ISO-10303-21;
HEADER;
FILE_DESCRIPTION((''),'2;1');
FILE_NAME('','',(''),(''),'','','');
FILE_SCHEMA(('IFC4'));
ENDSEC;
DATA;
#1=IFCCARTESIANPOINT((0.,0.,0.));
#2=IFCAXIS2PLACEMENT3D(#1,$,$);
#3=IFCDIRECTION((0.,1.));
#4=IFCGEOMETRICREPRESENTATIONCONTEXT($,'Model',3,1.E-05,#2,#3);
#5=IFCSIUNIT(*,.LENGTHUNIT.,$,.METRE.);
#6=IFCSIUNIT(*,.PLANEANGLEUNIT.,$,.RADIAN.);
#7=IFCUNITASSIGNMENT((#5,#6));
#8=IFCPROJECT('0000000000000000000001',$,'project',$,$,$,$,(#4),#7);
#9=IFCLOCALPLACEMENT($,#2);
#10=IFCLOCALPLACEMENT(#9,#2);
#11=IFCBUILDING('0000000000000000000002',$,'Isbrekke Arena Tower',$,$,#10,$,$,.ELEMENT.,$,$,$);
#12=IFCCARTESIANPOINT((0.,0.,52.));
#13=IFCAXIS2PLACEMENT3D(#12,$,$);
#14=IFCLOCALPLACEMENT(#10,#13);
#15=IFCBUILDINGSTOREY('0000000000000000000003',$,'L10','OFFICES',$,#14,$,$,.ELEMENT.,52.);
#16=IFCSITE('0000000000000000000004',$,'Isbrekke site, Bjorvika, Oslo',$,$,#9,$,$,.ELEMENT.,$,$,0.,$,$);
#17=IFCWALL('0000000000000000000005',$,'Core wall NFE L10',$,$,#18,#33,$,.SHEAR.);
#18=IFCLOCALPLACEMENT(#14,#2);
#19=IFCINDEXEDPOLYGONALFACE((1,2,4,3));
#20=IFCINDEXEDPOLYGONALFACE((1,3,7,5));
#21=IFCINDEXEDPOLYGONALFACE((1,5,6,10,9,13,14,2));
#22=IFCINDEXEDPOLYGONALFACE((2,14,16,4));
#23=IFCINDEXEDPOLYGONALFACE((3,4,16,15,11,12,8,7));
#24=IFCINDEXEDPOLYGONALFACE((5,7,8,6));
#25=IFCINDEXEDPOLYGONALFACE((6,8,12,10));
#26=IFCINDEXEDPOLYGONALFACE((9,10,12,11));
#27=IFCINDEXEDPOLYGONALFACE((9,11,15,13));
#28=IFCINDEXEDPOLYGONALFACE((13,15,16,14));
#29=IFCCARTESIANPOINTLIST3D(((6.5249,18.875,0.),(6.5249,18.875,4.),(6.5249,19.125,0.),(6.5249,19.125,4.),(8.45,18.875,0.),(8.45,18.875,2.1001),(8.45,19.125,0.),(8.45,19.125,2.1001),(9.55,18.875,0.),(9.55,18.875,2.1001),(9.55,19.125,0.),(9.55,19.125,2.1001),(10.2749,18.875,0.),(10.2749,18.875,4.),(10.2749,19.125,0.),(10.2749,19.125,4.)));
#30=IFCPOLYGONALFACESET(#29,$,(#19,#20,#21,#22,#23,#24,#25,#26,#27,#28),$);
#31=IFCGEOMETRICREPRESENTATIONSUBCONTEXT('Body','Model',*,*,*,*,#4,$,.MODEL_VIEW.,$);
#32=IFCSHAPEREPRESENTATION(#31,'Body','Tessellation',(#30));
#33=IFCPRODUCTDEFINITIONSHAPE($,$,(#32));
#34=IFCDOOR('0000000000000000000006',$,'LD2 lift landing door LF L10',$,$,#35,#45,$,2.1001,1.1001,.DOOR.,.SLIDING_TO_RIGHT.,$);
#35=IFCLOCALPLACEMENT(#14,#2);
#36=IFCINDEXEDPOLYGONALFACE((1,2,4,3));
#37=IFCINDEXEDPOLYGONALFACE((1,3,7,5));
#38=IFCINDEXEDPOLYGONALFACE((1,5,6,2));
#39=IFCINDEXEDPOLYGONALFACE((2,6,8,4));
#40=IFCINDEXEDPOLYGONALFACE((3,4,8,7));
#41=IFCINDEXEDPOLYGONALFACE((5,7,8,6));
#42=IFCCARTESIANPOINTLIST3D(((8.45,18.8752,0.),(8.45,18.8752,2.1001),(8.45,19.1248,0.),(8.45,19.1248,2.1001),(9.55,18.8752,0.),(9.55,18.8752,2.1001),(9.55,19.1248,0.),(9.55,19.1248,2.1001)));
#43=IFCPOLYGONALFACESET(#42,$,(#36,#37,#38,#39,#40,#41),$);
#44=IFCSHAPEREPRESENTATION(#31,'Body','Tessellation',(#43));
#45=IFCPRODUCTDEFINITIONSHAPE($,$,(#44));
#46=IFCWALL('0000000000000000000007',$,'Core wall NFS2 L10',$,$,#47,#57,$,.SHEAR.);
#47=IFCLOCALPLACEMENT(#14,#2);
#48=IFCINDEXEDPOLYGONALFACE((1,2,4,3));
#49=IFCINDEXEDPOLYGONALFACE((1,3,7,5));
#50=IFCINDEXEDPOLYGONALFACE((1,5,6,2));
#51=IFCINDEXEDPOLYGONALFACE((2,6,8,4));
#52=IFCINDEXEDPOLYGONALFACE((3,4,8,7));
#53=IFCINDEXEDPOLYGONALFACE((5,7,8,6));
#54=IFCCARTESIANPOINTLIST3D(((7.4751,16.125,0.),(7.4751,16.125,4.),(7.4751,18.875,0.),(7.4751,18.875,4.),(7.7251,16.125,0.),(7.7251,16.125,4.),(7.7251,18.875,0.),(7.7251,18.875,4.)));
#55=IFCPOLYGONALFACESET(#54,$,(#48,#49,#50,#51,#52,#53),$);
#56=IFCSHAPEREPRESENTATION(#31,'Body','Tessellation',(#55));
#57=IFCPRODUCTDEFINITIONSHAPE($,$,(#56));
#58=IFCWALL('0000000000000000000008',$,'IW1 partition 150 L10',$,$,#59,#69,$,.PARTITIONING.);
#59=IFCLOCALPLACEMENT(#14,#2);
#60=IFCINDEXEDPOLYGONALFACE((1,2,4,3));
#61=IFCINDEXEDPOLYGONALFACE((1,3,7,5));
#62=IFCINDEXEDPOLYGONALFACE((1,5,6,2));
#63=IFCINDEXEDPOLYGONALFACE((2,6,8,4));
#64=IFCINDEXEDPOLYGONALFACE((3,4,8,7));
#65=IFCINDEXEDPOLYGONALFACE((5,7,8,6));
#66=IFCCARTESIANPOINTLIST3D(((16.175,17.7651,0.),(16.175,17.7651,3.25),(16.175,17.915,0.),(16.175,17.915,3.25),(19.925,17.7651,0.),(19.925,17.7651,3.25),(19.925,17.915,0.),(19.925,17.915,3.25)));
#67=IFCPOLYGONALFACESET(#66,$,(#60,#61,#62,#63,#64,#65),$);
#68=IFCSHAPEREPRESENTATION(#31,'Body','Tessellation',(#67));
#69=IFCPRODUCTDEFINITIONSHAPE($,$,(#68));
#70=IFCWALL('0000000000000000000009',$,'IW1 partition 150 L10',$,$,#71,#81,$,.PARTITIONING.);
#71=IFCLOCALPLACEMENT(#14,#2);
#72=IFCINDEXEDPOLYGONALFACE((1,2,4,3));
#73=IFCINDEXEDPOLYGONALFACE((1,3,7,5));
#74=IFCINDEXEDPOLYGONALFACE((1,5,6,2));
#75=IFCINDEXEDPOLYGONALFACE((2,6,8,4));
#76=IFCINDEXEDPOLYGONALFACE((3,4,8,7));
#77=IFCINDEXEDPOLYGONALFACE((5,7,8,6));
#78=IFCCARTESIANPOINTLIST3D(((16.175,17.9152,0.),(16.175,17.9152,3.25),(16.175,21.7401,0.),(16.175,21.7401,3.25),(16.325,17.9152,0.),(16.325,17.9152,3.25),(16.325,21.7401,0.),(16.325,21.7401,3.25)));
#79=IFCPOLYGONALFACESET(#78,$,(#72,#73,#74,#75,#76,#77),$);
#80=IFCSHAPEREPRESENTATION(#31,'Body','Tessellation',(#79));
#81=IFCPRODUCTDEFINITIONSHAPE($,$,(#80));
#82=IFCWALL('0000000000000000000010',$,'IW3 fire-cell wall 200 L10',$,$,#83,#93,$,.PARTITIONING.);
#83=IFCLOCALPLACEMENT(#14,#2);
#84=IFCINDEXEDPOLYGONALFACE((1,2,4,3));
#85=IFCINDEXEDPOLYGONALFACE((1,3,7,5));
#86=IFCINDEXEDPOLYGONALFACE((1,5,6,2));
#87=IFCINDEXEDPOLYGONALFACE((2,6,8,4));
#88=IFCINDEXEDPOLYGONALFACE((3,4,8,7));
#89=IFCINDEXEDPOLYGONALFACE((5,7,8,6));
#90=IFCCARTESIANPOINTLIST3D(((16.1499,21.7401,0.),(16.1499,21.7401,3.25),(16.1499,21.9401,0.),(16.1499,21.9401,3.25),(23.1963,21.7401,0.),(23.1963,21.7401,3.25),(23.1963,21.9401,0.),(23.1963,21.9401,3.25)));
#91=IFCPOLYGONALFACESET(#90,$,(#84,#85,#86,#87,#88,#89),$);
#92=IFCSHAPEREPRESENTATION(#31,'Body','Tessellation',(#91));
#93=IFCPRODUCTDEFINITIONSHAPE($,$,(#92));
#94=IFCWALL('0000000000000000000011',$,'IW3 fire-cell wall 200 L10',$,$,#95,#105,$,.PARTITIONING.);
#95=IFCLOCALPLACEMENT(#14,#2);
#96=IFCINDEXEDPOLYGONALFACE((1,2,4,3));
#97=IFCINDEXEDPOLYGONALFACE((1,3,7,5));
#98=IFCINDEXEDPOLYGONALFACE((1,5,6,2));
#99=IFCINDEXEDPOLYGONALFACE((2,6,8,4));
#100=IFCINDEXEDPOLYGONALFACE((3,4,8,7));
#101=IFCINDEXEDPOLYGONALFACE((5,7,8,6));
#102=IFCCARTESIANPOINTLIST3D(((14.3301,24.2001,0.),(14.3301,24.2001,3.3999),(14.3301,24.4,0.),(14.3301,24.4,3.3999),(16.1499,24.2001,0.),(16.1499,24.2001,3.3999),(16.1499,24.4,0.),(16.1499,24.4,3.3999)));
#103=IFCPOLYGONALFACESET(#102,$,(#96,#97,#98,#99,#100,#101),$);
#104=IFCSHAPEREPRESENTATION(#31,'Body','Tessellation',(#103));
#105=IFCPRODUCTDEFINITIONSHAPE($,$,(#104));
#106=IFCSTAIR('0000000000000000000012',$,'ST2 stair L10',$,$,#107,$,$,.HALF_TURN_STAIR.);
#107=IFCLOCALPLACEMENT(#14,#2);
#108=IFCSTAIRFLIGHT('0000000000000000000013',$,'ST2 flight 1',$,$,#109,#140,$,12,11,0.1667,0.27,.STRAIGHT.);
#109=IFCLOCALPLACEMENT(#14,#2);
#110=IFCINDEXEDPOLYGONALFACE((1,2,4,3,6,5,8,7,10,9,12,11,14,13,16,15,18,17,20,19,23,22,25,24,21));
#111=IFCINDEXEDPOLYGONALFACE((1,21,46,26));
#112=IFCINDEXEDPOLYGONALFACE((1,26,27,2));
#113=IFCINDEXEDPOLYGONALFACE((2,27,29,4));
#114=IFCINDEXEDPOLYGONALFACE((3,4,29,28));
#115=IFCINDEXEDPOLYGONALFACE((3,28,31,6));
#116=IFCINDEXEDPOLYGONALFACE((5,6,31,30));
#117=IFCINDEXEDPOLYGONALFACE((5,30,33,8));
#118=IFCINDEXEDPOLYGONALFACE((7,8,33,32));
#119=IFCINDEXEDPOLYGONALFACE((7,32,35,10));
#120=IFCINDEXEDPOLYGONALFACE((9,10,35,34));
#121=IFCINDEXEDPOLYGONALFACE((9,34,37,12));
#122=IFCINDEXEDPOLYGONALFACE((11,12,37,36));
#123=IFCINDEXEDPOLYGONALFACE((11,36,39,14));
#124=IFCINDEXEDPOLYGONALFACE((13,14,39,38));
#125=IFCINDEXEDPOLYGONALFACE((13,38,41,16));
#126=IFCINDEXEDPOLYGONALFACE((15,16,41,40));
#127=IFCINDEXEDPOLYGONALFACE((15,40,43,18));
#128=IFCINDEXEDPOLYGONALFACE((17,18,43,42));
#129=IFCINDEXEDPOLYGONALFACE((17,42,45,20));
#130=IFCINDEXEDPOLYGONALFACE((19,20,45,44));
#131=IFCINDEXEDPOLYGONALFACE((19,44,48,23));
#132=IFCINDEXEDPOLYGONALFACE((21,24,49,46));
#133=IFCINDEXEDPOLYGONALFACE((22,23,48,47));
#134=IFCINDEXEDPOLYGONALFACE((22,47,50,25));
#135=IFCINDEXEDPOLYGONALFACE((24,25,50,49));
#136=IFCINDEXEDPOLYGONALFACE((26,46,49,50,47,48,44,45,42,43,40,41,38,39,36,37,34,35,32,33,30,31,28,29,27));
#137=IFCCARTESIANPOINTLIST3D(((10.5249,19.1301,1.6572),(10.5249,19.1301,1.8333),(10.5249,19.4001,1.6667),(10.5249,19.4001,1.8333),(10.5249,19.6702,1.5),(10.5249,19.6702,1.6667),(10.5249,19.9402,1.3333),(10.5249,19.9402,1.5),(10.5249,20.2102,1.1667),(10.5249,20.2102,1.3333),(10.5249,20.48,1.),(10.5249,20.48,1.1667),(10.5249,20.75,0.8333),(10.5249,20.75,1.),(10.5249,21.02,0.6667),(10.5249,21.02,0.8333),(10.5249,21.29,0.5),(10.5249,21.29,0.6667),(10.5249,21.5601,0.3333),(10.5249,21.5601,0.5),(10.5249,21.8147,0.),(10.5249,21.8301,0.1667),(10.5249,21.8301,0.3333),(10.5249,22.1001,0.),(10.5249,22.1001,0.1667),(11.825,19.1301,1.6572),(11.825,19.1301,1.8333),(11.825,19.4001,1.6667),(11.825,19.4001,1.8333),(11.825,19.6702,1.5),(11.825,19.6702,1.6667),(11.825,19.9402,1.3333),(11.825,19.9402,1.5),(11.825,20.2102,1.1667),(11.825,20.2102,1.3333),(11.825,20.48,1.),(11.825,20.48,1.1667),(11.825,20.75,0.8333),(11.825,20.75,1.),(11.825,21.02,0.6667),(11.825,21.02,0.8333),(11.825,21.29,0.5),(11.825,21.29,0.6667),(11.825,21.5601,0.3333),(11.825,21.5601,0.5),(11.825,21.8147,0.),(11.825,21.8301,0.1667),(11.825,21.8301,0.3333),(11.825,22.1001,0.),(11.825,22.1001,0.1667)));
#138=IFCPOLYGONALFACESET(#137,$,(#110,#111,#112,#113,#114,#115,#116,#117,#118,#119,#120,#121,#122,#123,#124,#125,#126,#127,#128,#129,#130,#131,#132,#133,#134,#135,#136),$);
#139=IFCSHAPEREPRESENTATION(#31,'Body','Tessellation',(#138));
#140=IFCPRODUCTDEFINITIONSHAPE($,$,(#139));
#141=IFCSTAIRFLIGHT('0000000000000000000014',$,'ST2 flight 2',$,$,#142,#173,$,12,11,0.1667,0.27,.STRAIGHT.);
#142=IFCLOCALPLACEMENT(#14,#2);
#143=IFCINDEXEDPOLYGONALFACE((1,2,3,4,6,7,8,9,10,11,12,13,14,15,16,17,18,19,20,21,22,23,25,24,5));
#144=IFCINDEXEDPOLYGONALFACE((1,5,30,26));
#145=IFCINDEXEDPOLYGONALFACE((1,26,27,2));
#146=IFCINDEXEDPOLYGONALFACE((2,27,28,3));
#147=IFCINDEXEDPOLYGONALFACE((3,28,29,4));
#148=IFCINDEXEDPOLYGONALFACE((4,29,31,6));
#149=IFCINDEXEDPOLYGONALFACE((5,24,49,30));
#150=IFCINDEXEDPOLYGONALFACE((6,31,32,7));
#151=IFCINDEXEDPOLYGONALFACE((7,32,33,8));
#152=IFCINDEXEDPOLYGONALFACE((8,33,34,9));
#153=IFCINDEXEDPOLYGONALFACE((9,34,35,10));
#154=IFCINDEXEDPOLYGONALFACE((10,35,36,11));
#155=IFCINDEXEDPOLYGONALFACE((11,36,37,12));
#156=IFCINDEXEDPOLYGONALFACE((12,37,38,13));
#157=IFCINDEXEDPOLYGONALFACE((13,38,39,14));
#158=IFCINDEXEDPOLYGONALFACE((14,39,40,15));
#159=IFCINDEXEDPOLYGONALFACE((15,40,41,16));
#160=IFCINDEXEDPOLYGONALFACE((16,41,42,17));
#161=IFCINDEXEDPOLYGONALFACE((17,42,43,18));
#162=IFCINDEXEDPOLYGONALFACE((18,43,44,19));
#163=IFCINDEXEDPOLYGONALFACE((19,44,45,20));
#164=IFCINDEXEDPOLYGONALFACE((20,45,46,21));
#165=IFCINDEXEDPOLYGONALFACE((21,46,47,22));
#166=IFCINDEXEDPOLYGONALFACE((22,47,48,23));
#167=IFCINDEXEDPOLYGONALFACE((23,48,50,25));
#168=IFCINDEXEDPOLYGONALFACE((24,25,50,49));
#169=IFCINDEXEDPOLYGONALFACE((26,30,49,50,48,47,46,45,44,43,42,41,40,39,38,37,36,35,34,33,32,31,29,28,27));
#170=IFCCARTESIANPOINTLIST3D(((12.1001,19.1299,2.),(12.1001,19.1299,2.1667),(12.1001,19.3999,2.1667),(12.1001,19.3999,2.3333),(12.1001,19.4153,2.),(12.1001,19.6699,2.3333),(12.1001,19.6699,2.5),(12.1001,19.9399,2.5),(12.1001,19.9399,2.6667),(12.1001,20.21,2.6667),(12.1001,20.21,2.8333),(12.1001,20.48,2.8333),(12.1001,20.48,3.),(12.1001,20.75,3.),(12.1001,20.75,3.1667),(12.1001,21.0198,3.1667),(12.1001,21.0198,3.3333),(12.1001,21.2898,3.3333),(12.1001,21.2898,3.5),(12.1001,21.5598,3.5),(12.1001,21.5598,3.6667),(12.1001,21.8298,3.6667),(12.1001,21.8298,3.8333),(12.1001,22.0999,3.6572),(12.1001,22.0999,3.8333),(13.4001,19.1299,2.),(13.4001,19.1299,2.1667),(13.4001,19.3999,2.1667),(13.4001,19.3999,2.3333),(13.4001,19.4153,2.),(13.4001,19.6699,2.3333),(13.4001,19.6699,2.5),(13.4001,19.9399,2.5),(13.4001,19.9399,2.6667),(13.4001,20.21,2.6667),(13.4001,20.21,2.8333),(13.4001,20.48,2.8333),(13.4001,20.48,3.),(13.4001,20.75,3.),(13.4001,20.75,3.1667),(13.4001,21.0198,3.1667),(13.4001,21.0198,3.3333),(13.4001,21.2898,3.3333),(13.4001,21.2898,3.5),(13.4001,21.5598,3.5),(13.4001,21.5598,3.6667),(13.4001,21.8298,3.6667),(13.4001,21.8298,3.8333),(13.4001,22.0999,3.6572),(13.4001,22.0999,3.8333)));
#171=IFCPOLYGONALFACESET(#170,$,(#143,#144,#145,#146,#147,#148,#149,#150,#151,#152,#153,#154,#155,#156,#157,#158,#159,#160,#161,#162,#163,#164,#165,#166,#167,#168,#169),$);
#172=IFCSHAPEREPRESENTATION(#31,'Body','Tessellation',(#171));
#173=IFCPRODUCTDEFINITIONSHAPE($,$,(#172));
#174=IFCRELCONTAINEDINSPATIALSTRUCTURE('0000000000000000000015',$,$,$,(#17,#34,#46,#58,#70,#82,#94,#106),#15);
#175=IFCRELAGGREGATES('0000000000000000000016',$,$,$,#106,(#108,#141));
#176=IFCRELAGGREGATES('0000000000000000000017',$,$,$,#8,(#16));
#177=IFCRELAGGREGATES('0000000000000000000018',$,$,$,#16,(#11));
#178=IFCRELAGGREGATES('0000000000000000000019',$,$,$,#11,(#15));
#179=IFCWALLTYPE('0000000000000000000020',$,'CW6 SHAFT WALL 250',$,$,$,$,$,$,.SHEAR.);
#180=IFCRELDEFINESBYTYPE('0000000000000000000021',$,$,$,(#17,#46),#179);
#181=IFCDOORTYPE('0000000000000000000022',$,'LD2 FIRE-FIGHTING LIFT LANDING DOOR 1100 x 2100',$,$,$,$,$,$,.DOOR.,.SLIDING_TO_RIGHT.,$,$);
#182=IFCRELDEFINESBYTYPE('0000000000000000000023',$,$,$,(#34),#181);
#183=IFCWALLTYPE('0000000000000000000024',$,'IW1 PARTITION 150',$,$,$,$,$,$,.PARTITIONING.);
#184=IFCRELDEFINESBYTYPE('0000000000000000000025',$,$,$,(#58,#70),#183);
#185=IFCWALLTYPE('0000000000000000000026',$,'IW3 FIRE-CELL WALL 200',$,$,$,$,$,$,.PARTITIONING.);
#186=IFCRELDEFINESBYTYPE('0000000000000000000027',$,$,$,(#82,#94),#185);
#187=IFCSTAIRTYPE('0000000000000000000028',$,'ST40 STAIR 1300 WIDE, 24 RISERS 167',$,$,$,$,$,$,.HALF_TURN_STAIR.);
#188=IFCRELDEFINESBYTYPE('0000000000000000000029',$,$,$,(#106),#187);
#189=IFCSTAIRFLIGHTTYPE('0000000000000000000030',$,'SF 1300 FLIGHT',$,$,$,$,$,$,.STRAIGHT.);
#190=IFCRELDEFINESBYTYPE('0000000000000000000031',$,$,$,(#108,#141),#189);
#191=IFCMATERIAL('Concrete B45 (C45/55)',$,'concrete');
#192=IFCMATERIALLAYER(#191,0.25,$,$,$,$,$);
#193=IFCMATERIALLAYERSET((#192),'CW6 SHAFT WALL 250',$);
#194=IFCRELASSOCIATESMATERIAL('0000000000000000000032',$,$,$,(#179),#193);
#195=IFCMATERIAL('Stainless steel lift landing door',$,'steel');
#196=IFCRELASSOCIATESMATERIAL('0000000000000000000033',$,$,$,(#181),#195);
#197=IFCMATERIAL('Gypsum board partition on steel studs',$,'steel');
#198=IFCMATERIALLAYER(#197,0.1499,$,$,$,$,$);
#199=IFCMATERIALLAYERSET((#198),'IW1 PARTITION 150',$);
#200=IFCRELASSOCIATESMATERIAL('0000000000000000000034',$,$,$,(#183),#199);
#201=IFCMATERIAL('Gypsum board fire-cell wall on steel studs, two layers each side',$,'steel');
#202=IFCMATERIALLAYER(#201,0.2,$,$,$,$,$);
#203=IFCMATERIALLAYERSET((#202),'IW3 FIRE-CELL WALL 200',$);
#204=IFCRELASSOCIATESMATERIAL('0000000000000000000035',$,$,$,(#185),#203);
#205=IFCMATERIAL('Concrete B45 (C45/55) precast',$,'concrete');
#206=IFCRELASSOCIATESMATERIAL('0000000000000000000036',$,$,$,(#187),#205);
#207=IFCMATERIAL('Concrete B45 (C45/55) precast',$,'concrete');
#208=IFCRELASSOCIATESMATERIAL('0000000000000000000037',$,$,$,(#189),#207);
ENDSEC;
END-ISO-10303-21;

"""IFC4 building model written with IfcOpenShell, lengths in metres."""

from ifc_helpers import new_model, si_unit, direction, frame, frame_2d, origin, place, context, subcontext, project, spatial, polyline, rectangle, outline, extrude, material, layer, layer_set, type_object, element, fill, aggregate, save


model = new_model("IFC4")

# Units and contexts
model_context = context("Model", 3, precision=1e-05, world=origin(), true_north=direction((0.0, 1.0)))
body_context = subcontext(model_context, "Body", "Model", "MODEL_VIEW")
ifc_project = project(units=[si_unit("LENGTHUNIT", "METRE"), si_unit("PLANEANGLEUNIT", "RADIAN")], contexts=[model_context])

# Site, building, storey
site_placement = place(None, origin())
site = spatial("IfcSite", under=ifc_project, at=site_placement, Name="Isbrekke site, Bjorvika, Oslo", CompositionType="ELEMENT", RefElevation=0.0)
building_placement = place(site_placement, origin())
building = spatial("IfcBuilding", under=site, at=building_placement, Name="Isbrekke Arena Tower", CompositionType="ELEMENT")
storey_placement = place(building_placement, frame((0.0, 0.0, 52.0)))
storey = spatial("IfcBuildingStorey", under=building, at=storey_placement, Name="L10", Description="OFFICES", CompositionType="ELEMENT", Elevation=52.0)

# Shared definitions
ifc_material_1 = material(Name="Concrete B45 (C45/55)", Category="concrete")
ifc_layer_1 = layer(ifc_material_1, 0.25)
ifc_layer_set_1 = layer_set([ifc_layer_1], Name="CW6 SHAFT WALL 250")
wall_type_1 = type_object("IfcWallType", Name="CW6 SHAFT WALL 250", PredefinedType="SHEAR", material=ifc_layer_set_1)

# Wall, opening, door
wall_1_placement = place(storey_placement, frame((6.5249, 19.0, 0.0), z_axis=(0.0, 0.0, 1.0), x_axis=(1.0, 0.0, 0.0)))
wall_1 = element("IfcWall", 1, at=wall_1_placement, inside=storey, type_object=wall_type_1, Name="Core wall NFE L10", PredefinedType="SHEAR", context=body_context, shape_type="SweptSolid", body=[
    extrude(rectangle(XDim=3.75, YDim=0.25, at=frame_2d((1.875, 0.0))), origin(), (0.0, 0.0, 1.0), 4.0),
])
opening_1_placement = place(wall_1_placement, frame((1.925, 0.0, 0.0)))
opening_1 = element("IfcOpeningElement", 2, at=opening_1_placement, cuts=wall_1, PredefinedType="OPENING", context=body_context, shape_type="SweptSolid", body=[
    extrude(rectangle(XDim=1.1001, YDim=2.1001, at=frame_2d((0.55, 1.05))), frame((0.0, 0.1399, 0.0), z_axis=(0.0, -1.0, 0.0), x_axis=(1.0, 0.0, 0.0)), (0.0, 0.0, 1.0), 0.2798),
])
ifc_material_2 = material(Name="Stainless steel lift landing door", Category="steel")
door_type_1 = type_object("IfcDoorType", Name="LD2 FIRE-FIGHTING LIFT LANDING DOOR 1100 x 2100", OperationType="SLIDING_TO_RIGHT", PredefinedType="DOOR", material=ifc_material_2)
door_1_placement = place(opening_1_placement, origin())
door_1 = element("IfcDoor", 3, at=door_1_placement, inside=storey, type_object=door_type_1, Name="LD2 lift landing door LF L10", OperationType="SLIDING_TO_RIGHT", OverallHeight=2.1001, OverallWidth=1.1001, PredefinedType="DOOR", context=body_context, shape_type="SweptSolid", body=[
    extrude(rectangle(XDim=1.1001, YDim=2.1001, at=frame_2d((0.55, 1.05))), frame((0.0, 0.1248, 0.0), z_axis=(0.0, -1.0, 0.0), x_axis=(1.0, 0.0, 0.0)), (0.0, 0.0, 1.0), 0.2495),
])
fill(opening_1, door_1)

# Walls
wall_2_placement = place(storey_placement, frame((7.6001, 16.125, 0.0), z_axis=(0.0, 0.0, 1.0), x_axis=(0.0, 1.0, 0.0)))
element("IfcWall", 4, at=wall_2_placement, inside=storey, type_object=wall_type_1, Name="Core wall NFS2 L10", PredefinedType="SHEAR", context=body_context, shape_type="SweptSolid", body=[
    extrude(rectangle(XDim=2.75, YDim=0.25, at=frame_2d((1.375, 0.0))), origin(), (0.0, 0.0, 1.0), 4.0),
])
ifc_material_3 = material(Name="Gypsum board partition on steel studs", Category="steel")
ifc_layer_2 = layer(ifc_material_3, 0.1499)
ifc_layer_set_2 = layer_set([ifc_layer_2], Name="IW1 PARTITION 150")
wall_type_2 = type_object("IfcWallType", Name="IW1 PARTITION 150", PredefinedType="PARTITIONING", material=ifc_layer_set_2)
wall_3_placement = place(storey_placement, frame((16.175, 17.8401, 0.0), z_axis=(0.0, 0.0, 1.0), x_axis=(1.0, 0.0, 0.0)))
element("IfcWall", 5, at=wall_3_placement, inside=storey, type_object=wall_type_2, Name="IW1 partition 150 L10", PredefinedType="PARTITIONING", context=body_context, shape_type="SweptSolid", body=[
    extrude(rectangle(XDim=3.75, YDim=0.1499, at=frame_2d((1.875, 0.0))), origin(), (0.0, 0.0, 1.0), 3.25),
])
wall_4_placement = place(storey_placement, frame((16.25, 17.915, 0.0), z_axis=(0.0, 0.0, 1.0), x_axis=(0.0, 1.0, 0.0)))
element("IfcWall", 6, at=wall_4_placement, inside=storey, type_object=wall_type_2, Name="IW1 partition 150 L10", PredefinedType="PARTITIONING", context=body_context, shape_type="SweptSolid", body=[
    extrude(rectangle(XDim=3.825, YDim=0.1499, at=frame_2d((1.9126, 0.0))), origin(), (0.0, 0.0, 1.0), 3.25),
])
ifc_material_4 = material(Name="Gypsum board fire-cell wall on steel studs, two layers each side", Category="steel")
ifc_layer_3 = layer(ifc_material_4, 0.2)
ifc_layer_set_3 = layer_set([ifc_layer_3], Name="IW3 FIRE-CELL WALL 200")
wall_type_3 = type_object("IfcWallType", Name="IW3 FIRE-CELL WALL 200", PredefinedType="PARTITIONING", material=ifc_layer_set_3)
wall_5_placement = place(storey_placement, frame((16.1499, 21.8401, 0.0), z_axis=(0.0, 0.0, 1.0), x_axis=(1.0, 0.0, 0.0)))
element("IfcWall", 7, at=wall_5_placement, inside=storey, type_object=wall_type_3, Name="IW3 fire-cell wall 200 L10", PredefinedType="PARTITIONING", context=body_context, shape_type="SweptSolid", body=[
    extrude(rectangle(XDim=7.0464, YDim=0.2, at=frame_2d((3.5232, 0.0))), origin(), (0.0, 0.0, 1.0), 3.25),
])
wall_6_placement = place(storey_placement, frame((14.3301, 24.3, 0.0), z_axis=(0.0, 0.0, 1.0), x_axis=(1.0, 0.0, 0.0)))
element("IfcWall", 8, at=wall_6_placement, inside=storey, type_object=wall_type_3, Name="IW3 fire-cell wall 200 L10", PredefinedType="PARTITIONING", context=body_context, shape_type="SweptSolid", body=[
    extrude(rectangle(XDim=1.8198, YDim=0.2, at=frame_2d((0.9099, 0.0))), origin(), (0.0, 0.0, 1.0), 3.3999),
])

# Stair, stair flights
ifc_material_5 = material(Name="Concrete B45 (C45/55) precast", Category="concrete")
stair_type = type_object("IfcStairType", Name="ST40 STAIR 1300 WIDE, 24 RISERS 167", PredefinedType="HALF_TURN_STAIR", material=ifc_material_5)
stair_placement = place(storey_placement, origin())
stair = element("IfcStair", 9, at=stair_placement, inside=storey, type_object=stair_type, Name="ST2 stair L10", PredefinedType="HALF_TURN_STAIR")
ifc_material_6 = material(Name="Concrete B45 (C45/55) precast", Category="concrete")
stair_flight_type = type_object("IfcStairFlightType", Name="SF 1300 FLIGHT", PredefinedType="STRAIGHT", material=ifc_material_6)
stair_flight_1_placement = place(storey_placement, frame((11.175, 22.1001, 0.0), z_axis=(0.0, 0.0, 1.0), x_axis=(0.0, -1.0, 0.0)))
stair_flight_1 = element("IfcStairFlight", 10, at=stair_flight_1_placement, type_object=stair_flight_type, Name="ST2 flight 1", NumberOfRisers=12, NumberOfTreads=11, PredefinedType="STRAIGHT", RiserHeight=0.1667, TreadLength=0.27, context=body_context, shape_type="SweptSolid", body=[
    extrude(outline(polyline([(0.0, 0.0), (0.0, 0.1667), (0.27, 0.1667), (0.27, 0.3333), (0.54, 0.3333), (0.54, 0.5), (0.8101, 0.5), (0.8101, 0.6667), (1.0801, 0.6667), (1.0801, 0.8333), (1.3501, 0.8333), (1.3501, 1.0), (1.6201, 1.0), (1.6201, 1.1667), (1.8899, 1.1667), (1.8899, 1.3333), (2.1599, 1.3333), (2.1599, 1.5), (2.4299, 1.5), (2.4299, 1.6667), (2.7, 1.6667), (2.7, 1.8333), (2.97, 1.8333), (2.97, 2.0), (2.97, 1.6572), (0.2854, 0.0), (0.0, 0.0)])), frame((0.0, 0.6499, 0.0), z_axis=(0.0, -1.0, 0.0), x_axis=(1.0, 0.0, 0.0)), (0.0, 0.0, 1.0), 1.3),
])
stair_flight_2_placement = place(storey_placement, frame((12.75, 19.1299, 2.0), z_axis=(0.0, 0.0, 1.0), x_axis=(0.0, 1.0, 0.0)))
stair_flight_2 = element("IfcStairFlight", 11, at=stair_flight_2_placement, type_object=stair_flight_type, Name="ST2 flight 2", NumberOfRisers=12, NumberOfTreads=11, PredefinedType="STRAIGHT", RiserHeight=0.1667, TreadLength=0.27, context=body_context, shape_type="SweptSolid", body=[
    extrude(outline(polyline([(0.0, 0.0), (0.0, 0.1667), (0.27, 0.1667), (0.27, 0.3333), (0.54, 0.3333), (0.54, 0.5), (0.8101, 0.5), (0.8101, 0.6667), (1.0801, 0.6667), (1.0801, 0.8333), (1.3501, 0.8333), (1.3501, 1.0), (1.6201, 1.0), (1.6201, 1.1667), (1.8899, 1.1667), (1.8899, 1.3333), (2.1599, 1.3333), (2.1599, 1.5), (2.4299, 1.5), (2.4299, 1.6667), (2.7, 1.6667), (2.7, 1.8333), (2.97, 1.8333), (2.97, 2.0), (2.97, 1.6572), (0.2854, 0.0), (0.0, 0.0)])), frame((0.0, 0.6499, 0.0), z_axis=(0.0, -1.0, 0.0), x_axis=(1.0, 0.0, 0.0)), (0.0, 0.0, 1.0), 1.3),
])
aggregate(stair, [stair_flight_1, stair_flight_2])

save(model, "model.ifc")
